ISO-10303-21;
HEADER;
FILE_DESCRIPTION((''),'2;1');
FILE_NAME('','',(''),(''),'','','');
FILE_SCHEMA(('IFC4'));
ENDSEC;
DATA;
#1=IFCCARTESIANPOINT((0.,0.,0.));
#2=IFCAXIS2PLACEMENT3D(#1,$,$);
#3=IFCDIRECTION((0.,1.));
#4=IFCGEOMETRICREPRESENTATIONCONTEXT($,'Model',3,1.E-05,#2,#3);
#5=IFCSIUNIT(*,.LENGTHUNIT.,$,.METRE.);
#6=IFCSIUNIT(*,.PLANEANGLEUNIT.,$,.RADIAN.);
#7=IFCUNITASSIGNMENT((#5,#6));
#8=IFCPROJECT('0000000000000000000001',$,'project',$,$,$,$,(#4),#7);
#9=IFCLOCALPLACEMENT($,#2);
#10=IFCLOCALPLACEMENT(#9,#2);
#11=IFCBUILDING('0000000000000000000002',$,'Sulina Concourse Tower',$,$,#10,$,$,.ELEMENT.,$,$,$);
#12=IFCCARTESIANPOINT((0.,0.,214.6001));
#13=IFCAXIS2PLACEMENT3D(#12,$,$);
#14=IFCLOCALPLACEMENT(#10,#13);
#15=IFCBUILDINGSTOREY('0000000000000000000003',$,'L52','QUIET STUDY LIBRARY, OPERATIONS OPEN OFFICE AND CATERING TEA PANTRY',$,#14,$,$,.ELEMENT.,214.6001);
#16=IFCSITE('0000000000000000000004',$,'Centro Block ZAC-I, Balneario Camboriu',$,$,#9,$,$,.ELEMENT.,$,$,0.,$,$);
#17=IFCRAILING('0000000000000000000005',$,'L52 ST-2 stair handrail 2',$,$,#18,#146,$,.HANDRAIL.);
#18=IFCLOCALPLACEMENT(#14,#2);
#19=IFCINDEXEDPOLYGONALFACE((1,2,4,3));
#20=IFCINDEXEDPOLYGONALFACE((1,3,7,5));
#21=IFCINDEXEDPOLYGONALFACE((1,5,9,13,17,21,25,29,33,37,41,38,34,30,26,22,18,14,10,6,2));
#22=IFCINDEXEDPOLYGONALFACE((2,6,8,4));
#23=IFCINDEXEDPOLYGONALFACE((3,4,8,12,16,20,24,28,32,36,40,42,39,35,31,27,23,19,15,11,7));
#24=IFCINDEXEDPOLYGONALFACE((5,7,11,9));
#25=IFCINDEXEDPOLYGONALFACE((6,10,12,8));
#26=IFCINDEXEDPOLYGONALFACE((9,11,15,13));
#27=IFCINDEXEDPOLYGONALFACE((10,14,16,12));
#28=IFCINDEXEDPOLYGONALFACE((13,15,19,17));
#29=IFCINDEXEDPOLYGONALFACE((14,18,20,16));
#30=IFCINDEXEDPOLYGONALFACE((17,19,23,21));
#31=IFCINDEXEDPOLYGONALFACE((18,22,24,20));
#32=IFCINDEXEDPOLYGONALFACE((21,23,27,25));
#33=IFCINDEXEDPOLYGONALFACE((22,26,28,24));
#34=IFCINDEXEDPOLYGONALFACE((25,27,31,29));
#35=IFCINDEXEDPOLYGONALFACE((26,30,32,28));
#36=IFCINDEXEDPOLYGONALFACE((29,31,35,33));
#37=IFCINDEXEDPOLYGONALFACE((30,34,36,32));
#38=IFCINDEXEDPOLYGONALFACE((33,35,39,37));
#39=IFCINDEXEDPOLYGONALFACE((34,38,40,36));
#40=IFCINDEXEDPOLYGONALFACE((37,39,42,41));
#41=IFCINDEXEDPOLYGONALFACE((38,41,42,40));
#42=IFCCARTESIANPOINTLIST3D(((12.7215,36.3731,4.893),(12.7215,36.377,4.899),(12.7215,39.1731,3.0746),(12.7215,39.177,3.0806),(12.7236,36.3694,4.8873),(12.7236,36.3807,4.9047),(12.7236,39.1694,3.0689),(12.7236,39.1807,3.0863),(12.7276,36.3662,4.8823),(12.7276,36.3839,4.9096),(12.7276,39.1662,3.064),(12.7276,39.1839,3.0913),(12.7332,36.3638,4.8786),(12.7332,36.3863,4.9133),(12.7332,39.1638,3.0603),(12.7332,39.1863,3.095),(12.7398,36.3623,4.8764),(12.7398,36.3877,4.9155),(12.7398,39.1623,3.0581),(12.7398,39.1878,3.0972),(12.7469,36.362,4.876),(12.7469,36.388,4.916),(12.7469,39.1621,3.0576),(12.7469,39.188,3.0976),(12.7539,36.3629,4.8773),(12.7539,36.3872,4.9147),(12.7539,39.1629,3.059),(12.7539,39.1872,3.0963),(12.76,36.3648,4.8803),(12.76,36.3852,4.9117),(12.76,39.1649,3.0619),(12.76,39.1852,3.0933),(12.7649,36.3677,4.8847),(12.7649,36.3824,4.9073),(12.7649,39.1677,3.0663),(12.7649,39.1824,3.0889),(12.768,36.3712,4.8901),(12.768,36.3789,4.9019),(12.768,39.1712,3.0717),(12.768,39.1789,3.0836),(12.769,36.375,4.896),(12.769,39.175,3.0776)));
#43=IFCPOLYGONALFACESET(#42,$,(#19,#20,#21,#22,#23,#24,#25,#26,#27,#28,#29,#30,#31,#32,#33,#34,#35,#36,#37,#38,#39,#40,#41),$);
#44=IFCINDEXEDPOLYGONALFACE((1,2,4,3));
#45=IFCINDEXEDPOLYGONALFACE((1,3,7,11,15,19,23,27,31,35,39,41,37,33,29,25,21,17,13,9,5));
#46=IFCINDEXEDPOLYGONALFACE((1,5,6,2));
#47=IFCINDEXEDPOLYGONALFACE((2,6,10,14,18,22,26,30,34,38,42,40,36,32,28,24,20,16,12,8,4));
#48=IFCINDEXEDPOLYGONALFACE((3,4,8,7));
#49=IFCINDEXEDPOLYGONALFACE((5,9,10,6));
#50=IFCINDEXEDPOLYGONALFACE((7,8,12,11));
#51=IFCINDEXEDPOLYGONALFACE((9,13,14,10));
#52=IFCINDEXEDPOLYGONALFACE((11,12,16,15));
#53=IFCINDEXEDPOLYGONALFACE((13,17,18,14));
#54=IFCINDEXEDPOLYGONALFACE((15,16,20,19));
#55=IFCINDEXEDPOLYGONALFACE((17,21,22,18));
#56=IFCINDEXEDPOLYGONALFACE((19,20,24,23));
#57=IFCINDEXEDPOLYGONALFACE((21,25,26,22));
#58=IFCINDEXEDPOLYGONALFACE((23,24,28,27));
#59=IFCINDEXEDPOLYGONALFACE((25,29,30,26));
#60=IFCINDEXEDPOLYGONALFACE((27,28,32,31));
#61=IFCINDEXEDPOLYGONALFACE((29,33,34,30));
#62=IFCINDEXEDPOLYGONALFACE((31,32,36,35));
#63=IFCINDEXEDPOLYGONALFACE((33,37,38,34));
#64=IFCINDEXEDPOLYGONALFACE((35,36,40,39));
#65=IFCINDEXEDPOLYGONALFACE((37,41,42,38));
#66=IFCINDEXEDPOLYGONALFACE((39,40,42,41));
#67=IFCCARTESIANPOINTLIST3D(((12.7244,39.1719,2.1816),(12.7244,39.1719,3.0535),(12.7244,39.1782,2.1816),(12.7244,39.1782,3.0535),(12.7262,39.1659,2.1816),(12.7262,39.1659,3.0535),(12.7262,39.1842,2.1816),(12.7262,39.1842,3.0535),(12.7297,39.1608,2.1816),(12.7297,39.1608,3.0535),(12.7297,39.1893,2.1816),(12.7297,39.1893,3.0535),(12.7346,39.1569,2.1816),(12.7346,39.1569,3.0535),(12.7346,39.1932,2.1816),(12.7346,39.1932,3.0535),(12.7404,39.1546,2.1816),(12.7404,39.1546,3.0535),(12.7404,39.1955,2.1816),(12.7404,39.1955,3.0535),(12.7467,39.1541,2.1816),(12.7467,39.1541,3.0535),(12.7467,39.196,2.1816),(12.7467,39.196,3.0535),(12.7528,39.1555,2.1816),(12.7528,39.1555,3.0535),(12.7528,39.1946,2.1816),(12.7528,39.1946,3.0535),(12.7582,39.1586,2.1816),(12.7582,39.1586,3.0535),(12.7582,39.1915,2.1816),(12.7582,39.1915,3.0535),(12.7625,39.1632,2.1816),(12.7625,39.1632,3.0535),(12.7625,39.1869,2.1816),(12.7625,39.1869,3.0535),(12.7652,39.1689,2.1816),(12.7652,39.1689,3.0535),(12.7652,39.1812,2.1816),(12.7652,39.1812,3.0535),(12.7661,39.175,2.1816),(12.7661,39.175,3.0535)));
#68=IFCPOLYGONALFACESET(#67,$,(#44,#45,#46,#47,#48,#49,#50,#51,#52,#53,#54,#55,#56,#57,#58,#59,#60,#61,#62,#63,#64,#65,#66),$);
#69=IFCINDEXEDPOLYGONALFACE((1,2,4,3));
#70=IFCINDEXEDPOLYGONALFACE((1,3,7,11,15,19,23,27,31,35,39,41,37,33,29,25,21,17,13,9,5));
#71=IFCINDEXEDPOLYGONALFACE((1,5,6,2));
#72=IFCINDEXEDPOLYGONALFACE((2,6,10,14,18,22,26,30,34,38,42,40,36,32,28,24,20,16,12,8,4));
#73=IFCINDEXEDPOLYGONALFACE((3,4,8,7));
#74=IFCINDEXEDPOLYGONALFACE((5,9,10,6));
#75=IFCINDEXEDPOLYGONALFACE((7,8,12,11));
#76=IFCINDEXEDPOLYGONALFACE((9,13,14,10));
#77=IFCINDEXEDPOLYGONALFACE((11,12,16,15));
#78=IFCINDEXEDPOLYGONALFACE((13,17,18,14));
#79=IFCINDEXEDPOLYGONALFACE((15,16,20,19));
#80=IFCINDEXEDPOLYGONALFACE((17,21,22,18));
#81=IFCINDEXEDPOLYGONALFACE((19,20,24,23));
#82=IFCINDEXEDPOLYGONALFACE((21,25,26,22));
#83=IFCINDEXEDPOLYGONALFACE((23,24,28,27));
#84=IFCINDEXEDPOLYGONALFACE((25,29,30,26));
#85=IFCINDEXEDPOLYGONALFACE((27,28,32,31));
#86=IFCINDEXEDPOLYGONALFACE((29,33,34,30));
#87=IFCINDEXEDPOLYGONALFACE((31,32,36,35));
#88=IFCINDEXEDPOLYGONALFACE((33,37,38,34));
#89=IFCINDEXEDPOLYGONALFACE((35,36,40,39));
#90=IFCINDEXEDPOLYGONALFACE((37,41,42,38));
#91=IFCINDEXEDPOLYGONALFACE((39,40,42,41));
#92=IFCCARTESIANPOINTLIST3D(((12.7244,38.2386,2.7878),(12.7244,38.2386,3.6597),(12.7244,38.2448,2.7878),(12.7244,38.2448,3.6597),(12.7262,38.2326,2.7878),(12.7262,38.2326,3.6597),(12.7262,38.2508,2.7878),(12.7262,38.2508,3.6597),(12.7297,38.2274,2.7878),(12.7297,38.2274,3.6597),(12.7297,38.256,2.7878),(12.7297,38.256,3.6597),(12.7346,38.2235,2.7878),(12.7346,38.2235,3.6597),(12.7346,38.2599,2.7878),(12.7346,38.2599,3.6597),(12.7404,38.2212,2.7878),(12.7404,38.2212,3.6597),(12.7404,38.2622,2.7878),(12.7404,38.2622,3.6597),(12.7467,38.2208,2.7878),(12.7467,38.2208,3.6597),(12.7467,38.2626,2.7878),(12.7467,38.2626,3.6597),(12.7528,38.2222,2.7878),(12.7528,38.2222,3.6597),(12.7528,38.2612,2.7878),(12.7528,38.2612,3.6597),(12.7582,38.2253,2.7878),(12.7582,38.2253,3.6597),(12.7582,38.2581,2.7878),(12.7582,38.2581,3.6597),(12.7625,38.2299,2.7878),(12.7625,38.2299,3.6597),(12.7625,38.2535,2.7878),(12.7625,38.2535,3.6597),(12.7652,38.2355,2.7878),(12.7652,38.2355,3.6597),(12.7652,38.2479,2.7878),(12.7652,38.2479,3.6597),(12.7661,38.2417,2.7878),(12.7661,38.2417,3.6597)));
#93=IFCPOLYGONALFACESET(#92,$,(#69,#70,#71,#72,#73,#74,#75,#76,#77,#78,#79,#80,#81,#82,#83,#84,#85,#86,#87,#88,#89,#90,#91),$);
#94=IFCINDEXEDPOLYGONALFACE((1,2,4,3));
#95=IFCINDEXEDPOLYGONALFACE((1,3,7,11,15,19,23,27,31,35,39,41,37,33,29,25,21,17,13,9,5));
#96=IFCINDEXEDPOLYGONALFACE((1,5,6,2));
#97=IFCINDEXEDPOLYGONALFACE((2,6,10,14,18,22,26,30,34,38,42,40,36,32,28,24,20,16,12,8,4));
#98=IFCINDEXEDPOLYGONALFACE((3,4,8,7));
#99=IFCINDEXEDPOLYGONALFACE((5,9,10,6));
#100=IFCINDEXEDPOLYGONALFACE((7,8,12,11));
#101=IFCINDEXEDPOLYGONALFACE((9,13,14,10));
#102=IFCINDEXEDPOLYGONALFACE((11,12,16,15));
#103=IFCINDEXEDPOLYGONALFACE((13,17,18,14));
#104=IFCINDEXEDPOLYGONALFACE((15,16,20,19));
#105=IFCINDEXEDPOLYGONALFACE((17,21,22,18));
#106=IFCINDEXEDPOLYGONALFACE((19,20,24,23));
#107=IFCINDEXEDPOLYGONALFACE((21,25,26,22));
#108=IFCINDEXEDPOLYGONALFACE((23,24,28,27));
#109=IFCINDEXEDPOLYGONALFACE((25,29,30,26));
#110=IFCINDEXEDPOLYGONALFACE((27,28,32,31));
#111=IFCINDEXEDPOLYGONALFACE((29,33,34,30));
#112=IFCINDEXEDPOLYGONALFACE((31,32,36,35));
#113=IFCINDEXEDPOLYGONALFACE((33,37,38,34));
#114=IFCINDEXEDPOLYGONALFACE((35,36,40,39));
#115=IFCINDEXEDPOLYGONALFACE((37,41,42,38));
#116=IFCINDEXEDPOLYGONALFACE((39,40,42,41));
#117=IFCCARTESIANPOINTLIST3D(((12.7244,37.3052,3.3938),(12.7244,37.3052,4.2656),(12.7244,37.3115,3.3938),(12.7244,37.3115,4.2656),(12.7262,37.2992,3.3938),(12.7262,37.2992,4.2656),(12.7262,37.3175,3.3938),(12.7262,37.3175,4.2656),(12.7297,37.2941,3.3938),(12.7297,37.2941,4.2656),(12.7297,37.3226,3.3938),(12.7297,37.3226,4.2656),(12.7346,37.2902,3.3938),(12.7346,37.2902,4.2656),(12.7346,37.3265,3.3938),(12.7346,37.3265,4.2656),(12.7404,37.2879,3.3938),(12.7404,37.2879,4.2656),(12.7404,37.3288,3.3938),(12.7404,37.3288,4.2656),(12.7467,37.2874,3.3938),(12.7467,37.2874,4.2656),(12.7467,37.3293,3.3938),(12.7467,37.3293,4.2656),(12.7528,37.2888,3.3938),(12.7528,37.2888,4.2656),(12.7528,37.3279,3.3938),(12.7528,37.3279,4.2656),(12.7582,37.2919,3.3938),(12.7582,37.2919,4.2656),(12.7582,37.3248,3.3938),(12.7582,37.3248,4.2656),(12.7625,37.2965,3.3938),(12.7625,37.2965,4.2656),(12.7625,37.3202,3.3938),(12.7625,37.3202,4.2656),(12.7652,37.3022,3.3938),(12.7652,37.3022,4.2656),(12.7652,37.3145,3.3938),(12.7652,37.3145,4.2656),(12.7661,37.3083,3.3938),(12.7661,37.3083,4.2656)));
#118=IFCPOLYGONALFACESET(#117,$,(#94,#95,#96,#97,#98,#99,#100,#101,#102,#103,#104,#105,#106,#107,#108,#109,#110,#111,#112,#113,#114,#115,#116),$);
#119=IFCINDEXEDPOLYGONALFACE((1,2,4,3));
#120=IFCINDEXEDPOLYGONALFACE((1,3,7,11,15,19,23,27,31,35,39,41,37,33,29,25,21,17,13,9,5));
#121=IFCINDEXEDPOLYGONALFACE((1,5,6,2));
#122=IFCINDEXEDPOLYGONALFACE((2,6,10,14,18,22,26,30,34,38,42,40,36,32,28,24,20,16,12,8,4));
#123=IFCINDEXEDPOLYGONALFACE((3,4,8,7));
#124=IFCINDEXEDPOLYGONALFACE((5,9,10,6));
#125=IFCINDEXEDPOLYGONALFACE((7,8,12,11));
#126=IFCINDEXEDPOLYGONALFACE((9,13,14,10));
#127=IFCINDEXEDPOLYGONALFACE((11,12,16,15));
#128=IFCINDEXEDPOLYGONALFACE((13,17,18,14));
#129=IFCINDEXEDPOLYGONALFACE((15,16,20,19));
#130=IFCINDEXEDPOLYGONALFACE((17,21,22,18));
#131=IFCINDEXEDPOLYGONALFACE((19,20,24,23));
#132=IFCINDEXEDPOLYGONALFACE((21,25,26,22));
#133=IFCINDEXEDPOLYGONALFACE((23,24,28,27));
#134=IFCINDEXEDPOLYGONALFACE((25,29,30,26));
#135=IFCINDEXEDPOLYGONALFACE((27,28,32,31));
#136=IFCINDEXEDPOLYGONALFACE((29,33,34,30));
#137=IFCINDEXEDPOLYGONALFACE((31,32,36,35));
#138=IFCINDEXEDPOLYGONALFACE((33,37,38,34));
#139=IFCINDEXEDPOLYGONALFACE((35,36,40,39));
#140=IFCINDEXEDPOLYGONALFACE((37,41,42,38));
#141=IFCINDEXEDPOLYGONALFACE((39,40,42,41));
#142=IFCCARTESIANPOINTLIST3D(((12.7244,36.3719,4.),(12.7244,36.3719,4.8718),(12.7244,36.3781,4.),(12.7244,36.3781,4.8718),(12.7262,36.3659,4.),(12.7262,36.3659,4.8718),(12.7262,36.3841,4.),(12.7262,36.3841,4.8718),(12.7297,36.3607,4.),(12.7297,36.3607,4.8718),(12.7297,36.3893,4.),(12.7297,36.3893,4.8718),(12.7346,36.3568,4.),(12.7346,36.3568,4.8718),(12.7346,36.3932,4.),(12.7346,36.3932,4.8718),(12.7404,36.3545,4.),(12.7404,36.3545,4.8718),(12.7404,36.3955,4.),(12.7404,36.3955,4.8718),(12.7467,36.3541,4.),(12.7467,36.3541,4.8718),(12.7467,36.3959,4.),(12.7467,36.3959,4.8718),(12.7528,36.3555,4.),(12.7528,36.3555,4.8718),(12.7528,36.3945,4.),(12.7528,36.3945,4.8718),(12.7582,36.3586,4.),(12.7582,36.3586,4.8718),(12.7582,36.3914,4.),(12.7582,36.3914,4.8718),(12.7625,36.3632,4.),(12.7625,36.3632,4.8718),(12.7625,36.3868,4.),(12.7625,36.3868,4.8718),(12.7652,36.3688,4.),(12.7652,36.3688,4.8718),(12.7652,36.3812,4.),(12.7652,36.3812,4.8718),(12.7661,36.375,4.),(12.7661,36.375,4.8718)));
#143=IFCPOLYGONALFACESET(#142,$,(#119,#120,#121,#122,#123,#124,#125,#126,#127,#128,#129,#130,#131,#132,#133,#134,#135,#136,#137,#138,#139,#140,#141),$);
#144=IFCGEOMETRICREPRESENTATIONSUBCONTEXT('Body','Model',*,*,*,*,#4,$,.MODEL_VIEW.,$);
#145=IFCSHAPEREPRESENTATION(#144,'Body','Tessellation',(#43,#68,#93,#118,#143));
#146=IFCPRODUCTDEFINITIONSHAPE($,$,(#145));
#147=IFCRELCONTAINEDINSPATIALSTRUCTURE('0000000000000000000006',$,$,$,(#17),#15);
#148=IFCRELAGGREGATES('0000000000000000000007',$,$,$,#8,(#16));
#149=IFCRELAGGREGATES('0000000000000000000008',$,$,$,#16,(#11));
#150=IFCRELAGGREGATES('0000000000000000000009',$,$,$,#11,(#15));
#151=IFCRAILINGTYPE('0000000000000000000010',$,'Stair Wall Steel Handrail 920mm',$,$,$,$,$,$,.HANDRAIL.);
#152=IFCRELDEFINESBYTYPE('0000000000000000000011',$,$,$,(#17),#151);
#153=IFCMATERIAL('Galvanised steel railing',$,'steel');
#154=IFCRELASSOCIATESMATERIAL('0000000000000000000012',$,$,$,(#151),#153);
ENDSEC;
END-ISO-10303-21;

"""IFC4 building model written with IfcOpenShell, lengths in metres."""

from ifc_helpers import new_model, si_unit, direction, frame, origin, origin_2d, place, context, subcontext, project, spatial, circle, extrude, material, type_object, element, save


model = new_model("IFC4")

# Units and contexts
model_context = context("Model", 3, precision=1e-05, world=origin(), true_north=direction((0.0, 1.0)))
body_context = subcontext(model_context, "Body", "Model", "MODEL_VIEW")
ifc_project = project(units=[si_unit("LENGTHUNIT", "METRE"), si_unit("PLANEANGLEUNIT", "RADIAN")], contexts=[model_context])

# Site, building, storey
site_placement = place(None, origin())
site = spatial("IfcSite", under=ifc_project, at=site_placement, Name="Centro Block ZAC-I, Balneario Camboriu", CompositionType="ELEMENT", RefElevation=0.0)
building_placement = place(site_placement, origin())
building = spatial("IfcBuilding", under=site, at=building_placement, Name="Sulina Concourse Tower", CompositionType="ELEMENT")
storey_placement = place(building_placement, frame((0.0, 0.0, 214.6001)))
storey = spatial("IfcBuildingStorey", under=building, at=storey_placement, Name="L52", Description="QUIET STUDY LIBRARY, OPERATIONS OPEN OFFICE AND CATERING TEA PANTRY", CompositionType="ELEMENT", Elevation=214.6001)

# Railing
ifc_material_1 = material(Name="Galvanised steel railing", Category="steel")
railing_type_1 = type_object("IfcRailingType", Name="Stair Wall Steel Handrail 920mm", PredefinedType="HANDRAIL", material=ifc_material_1)
railing_1_placement = place(storey_placement, frame((12.7451, 39.175, 2.1816)))
element("IfcRailing", 1, at=railing_1_placement, inside=storey, type_object=railing_type_1, Name="L52 ST-2 stair handrail 2", PredefinedType="HANDRAIL", context=body_context, shape_type="SweptSolid", body=[
    extrude(circle(Radius=0.0239, at=origin_2d()), frame((0.0, 0.0, 0.896), z_axis=(0.0, -0.838672, 0.544636), x_axis=(1.0, 0.0, 0.0)), (0.0, 0.0, 1.0), 3.3386),
    extrude(circle(Radius=0.021, at=origin_2d()), origin(), (0.0, 0.0, 1.0), 0.8718),
    extrude(circle(Radius=0.021, at=origin_2d()), frame((0.0, -0.9333, 0.6062)), (0.0, 0.0, 1.0), 0.8718),
    extrude(circle(Radius=0.021, at=origin_2d()), frame((0.0, -1.8667, 1.2122)), (0.0, 0.0, 1.0), 0.8718),
    extrude(circle(Radius=0.021, at=origin_2d()), frame((0.0, -2.8, 1.8184)), (0.0, 0.0, 1.0), 0.8718),
])

save(model, "model.ifc")
